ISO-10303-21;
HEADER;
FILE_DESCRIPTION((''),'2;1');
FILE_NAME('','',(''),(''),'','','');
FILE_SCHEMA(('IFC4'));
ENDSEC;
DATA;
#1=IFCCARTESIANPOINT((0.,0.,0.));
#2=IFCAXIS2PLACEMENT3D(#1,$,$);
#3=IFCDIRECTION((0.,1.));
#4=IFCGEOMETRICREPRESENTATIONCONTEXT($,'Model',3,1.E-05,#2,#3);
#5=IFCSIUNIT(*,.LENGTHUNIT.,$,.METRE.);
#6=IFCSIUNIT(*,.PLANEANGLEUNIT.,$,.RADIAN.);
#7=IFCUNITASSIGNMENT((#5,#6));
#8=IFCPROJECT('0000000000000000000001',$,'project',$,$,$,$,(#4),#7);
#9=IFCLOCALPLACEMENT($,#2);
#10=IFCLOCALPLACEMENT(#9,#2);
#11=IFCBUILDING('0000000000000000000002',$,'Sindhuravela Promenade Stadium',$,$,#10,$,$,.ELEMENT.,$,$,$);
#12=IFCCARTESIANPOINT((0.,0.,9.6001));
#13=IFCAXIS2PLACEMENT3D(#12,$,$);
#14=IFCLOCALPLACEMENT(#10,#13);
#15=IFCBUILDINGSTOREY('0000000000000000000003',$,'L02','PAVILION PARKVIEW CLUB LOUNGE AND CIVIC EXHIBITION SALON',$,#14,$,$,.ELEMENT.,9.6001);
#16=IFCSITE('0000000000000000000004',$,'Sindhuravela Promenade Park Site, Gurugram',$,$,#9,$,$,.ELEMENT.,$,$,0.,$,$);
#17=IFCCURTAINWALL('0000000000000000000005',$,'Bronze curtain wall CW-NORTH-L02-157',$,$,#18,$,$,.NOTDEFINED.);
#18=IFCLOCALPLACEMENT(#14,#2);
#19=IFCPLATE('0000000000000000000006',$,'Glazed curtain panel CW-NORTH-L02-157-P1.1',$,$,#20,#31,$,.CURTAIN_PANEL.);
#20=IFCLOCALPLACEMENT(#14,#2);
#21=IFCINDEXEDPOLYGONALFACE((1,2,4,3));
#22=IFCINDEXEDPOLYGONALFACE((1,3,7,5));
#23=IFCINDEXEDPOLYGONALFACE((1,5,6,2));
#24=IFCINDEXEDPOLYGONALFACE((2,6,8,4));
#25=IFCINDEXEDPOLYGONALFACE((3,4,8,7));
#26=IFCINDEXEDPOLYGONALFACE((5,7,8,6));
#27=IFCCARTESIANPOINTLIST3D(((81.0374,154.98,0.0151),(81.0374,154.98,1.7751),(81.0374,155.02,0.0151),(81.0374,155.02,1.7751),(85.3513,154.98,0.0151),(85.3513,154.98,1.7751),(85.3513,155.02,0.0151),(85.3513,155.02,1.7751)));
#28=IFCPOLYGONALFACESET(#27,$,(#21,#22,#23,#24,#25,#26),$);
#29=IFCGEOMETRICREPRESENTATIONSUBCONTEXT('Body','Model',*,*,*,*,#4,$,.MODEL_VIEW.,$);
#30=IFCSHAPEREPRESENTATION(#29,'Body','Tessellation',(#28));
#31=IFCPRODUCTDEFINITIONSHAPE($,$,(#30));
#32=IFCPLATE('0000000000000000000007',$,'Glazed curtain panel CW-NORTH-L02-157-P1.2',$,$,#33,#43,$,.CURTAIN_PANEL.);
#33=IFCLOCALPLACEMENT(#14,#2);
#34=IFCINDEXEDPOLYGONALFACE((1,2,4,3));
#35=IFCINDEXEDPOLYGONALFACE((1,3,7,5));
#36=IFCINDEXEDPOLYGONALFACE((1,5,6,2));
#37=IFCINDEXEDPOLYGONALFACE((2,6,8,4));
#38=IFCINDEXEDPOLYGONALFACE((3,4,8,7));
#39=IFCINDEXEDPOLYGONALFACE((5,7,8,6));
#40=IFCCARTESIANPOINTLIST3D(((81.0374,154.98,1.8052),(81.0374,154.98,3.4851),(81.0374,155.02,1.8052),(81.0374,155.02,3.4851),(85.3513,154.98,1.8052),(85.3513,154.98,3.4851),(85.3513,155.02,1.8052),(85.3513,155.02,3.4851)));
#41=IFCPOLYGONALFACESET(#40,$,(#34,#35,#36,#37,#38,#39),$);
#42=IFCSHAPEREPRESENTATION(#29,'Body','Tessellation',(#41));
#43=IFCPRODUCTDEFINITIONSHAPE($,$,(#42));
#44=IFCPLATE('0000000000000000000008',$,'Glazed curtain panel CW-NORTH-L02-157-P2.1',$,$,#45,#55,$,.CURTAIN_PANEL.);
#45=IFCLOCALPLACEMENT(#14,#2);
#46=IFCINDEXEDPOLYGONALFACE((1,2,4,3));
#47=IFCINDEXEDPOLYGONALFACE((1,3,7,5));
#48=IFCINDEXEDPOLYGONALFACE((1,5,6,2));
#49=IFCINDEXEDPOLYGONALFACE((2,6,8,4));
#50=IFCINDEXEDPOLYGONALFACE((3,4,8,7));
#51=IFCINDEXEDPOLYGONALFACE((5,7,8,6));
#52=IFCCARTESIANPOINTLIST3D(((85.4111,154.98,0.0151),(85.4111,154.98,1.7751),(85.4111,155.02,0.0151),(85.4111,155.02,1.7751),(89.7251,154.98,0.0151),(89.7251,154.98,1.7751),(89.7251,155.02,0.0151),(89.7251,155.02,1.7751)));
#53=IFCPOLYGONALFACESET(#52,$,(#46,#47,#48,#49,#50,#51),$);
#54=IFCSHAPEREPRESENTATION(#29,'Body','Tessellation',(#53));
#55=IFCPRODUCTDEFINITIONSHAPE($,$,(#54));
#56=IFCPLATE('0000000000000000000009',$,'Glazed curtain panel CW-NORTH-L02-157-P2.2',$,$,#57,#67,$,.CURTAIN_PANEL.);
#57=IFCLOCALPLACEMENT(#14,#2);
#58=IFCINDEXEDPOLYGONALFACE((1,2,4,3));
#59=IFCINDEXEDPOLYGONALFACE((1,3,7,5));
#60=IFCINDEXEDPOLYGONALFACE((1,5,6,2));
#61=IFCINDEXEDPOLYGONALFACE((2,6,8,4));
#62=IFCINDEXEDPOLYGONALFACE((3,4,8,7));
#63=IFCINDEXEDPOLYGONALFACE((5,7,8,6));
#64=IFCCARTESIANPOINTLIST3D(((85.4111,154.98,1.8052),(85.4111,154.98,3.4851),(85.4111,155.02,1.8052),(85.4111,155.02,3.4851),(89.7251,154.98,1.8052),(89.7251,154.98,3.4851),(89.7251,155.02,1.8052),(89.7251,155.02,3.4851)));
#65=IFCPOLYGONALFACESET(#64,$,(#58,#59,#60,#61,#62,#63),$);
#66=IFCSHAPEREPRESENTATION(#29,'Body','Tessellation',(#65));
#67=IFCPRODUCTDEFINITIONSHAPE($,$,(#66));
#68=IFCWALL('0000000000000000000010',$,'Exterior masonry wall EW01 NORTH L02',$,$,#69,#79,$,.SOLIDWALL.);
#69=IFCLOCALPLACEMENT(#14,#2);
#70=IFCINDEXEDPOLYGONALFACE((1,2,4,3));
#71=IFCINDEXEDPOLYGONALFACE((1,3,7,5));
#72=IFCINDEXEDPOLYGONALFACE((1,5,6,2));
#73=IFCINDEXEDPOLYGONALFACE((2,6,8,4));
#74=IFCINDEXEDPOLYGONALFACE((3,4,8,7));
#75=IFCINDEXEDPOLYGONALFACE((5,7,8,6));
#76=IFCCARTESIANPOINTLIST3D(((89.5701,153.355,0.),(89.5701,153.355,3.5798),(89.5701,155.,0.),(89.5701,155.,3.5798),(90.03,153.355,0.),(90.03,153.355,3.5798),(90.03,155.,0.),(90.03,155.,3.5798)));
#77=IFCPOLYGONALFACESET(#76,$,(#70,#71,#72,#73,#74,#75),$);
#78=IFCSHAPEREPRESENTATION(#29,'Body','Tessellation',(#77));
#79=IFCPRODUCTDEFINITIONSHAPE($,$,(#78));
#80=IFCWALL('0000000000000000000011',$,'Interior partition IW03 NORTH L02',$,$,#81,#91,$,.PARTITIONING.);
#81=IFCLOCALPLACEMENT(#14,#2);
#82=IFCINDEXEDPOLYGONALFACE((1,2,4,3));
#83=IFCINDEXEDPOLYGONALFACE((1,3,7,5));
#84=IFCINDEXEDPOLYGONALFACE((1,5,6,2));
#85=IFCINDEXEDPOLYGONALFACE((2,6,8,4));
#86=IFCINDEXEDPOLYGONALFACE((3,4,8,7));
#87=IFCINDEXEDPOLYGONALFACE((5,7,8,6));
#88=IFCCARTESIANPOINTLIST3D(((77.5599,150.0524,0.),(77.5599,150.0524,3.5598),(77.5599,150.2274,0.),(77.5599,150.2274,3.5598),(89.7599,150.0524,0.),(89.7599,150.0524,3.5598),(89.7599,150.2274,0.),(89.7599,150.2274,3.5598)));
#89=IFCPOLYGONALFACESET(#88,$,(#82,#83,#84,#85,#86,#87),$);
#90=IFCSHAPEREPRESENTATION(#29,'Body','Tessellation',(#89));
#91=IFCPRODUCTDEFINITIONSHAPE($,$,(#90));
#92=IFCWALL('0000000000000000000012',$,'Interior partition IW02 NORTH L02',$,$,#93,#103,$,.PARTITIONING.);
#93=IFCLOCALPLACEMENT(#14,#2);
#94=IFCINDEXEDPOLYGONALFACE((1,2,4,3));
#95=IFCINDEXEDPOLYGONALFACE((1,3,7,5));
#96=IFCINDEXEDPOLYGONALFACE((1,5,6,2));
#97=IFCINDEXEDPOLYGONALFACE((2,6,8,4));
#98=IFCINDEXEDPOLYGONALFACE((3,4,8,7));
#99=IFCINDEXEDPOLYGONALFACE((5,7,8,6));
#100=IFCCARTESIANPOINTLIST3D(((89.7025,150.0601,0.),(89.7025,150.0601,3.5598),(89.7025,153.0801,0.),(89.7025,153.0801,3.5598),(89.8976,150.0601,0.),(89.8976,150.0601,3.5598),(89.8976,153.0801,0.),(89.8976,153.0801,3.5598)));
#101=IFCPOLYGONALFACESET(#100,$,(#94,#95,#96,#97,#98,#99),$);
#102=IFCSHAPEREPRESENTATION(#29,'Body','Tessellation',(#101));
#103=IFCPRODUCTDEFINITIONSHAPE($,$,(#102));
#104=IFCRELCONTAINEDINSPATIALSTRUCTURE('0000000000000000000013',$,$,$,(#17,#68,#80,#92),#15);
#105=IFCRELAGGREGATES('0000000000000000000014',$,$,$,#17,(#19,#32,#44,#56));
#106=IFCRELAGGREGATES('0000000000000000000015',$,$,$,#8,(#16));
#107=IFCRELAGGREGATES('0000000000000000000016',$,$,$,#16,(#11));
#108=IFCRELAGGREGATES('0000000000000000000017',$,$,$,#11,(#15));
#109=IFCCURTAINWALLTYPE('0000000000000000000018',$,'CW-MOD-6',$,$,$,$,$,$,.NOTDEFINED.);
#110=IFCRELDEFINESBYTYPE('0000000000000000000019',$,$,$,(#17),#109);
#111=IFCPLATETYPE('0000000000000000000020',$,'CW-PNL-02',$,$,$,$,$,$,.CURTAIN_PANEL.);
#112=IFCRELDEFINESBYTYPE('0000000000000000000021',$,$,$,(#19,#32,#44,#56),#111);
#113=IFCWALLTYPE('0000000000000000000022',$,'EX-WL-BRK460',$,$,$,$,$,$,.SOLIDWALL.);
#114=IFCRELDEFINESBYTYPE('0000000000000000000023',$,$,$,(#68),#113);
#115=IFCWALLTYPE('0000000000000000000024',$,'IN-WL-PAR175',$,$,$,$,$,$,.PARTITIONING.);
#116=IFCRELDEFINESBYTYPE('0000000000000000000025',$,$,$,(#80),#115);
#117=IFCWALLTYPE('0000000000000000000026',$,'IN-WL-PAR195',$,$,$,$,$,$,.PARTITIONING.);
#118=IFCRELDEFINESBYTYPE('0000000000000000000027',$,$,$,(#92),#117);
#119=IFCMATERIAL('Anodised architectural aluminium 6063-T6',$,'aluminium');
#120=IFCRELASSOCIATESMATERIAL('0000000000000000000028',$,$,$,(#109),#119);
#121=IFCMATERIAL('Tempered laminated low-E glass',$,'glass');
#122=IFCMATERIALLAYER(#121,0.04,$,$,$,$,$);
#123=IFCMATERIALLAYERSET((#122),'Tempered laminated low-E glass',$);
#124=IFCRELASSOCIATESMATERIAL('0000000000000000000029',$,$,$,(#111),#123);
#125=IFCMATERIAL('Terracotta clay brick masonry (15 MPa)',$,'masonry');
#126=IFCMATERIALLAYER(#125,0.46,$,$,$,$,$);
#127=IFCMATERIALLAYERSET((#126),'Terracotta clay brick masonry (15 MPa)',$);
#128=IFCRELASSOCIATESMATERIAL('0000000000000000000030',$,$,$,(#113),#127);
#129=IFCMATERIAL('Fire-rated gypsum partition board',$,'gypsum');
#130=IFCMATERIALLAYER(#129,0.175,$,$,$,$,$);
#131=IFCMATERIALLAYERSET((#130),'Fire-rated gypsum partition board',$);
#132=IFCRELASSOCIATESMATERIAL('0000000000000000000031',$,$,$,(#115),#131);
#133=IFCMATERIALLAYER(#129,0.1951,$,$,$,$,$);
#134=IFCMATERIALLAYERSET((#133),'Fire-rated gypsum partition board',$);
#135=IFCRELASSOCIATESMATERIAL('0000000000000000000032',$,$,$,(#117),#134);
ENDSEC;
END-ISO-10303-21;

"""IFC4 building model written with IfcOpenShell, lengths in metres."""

from ifc_helpers import new_model, si_unit, direction, frame, frame_2d, origin, origin_2d, place, context, subcontext, project, spatial, rectangle, extrude, material, layer, layer_set, type_object, element, aggregate, save


model = new_model("IFC4")

# Units and contexts
model_context = context("Model", 3, precision=1e-05, world=origin(), true_north=direction((0.0, 1.0)))
body_context = subcontext(model_context, "Body", "Model", "MODEL_VIEW")
ifc_project = project(units=[si_unit("LENGTHUNIT", "METRE"), si_unit("PLANEANGLEUNIT", "RADIAN")], contexts=[model_context])

# Site, building, storey
site_placement = place(None, origin())
site = spatial("IfcSite", under=ifc_project, at=site_placement, Name="Sindhuravela Promenade Park Site, Gurugram", CompositionType="ELEMENT", RefElevation=0.0)
building_placement = place(site_placement, origin())
building = spatial("IfcBuilding", under=site, at=building_placement, Name="Sindhuravela Promenade Stadium", CompositionType="ELEMENT")
storey_placement = place(building_placement, frame((0.0, 0.0, 9.6001)))
storey = spatial("IfcBuildingStorey", under=building, at=storey_placement, Name="L02", Description="PAVILION PARKVIEW CLUB LOUNGE AND CIVIC EXHIBITION SALON", CompositionType="ELEMENT", Elevation=9.6001)

# Curtain wall
ifc_material_1 = material(Name="Anodised architectural aluminium 6063-T6", Category="aluminium")
curtain_wall_type_1 = type_object("IfcCurtainWallType", Name="CW-MOD-6", PredefinedType="NOTDEFINED", material=ifc_material_1)
curtain_wall_1_placement = place(storey_placement, origin())
curtain_wall_1 = element("IfcCurtainWall", 1, at=curtain_wall_1_placement, inside=storey, type_object=curtain_wall_type_1, Name="Bronze curtain wall CW-NORTH-L02-157", PredefinedType="NOTDEFINED")

# Plates
ifc_material_2 = material(Name="Tempered laminated low-E glass", Category="glass")
ifc_layer_1 = layer(ifc_material_2, 0.04)
ifc_layer_set_1 = layer_set([ifc_layer_1], Name="Tempered laminated low-E glass")
plate_type_1 = type_object("IfcPlateType", Name="CW-PNL-02", PredefinedType="CURTAIN_PANEL", material=ifc_layer_set_1)
plate_1_placement = place(storey_placement, frame((83.1943, 155.0, 0.0151), z_axis=(0.0, 0.0, 1.0), x_axis=(1.0, 0.0, 0.0)))
plate_1 = element("IfcPlate", 2, at=plate_1_placement, type_object=plate_type_1, Name="Glazed curtain panel CW-NORTH-L02-157-P1.1", PredefinedType="CURTAIN_PANEL", context=body_context, shape_type="SweptSolid", body=[
    extrude(rectangle(XDim=4.314, YDim=0.04, at=origin_2d()), origin(), (0.0, 0.0, 1.0), 1.76),
])
plate_2_placement = place(storey_placement, frame((83.1943, 155.0, 1.8052), z_axis=(0.0, 0.0, 1.0), x_axis=(1.0, 0.0, 0.0)))
plate_2 = element("IfcPlate", 3, at=plate_2_placement, type_object=plate_type_1, Name="Glazed curtain panel CW-NORTH-L02-157-P1.2", PredefinedType="CURTAIN_PANEL", context=body_context, shape_type="SweptSolid", body=[
    extrude(rectangle(XDim=4.314, YDim=0.04, at=origin_2d()), origin(), (0.0, 0.0, 1.0), 1.6799),
])
plate_3_placement = place(storey_placement, frame((87.5681, 155.0, 0.0151), z_axis=(0.0, 0.0, 1.0), x_axis=(1.0, 0.0, 0.0)))
plate_3 = element("IfcPlate", 4, at=plate_3_placement, type_object=plate_type_1, Name="Glazed curtain panel CW-NORTH-L02-157-P2.1", PredefinedType="CURTAIN_PANEL", context=body_context, shape_type="SweptSolid", body=[
    extrude(rectangle(XDim=4.314, YDim=0.04, at=origin_2d()), origin(), (0.0, 0.0, 1.0), 1.76),
])
plate_4_placement = place(storey_placement, frame((87.5681, 155.0, 1.8052), z_axis=(0.0, 0.0, 1.0), x_axis=(1.0, 0.0, 0.0)))
plate_4 = element("IfcPlate", 5, at=plate_4_placement, type_object=plate_type_1, Name="Glazed curtain panel CW-NORTH-L02-157-P2.2", PredefinedType="CURTAIN_PANEL", context=body_context, shape_type="SweptSolid", body=[
    extrude(rectangle(XDim=4.314, YDim=0.04, at=origin_2d()), origin(), (0.0, 0.0, 1.0), 1.6799),
])
aggregate(curtain_wall_1, [plate_1, plate_2, plate_3, plate_4])

# Walls
ifc_material_3 = material(Name="Terracotta clay brick masonry (15 MPa)", Category="masonry")
ifc_layer_2 = layer(ifc_material_3, 0.46)
ifc_layer_set_2 = layer_set([ifc_layer_2], Name="Terracotta clay brick masonry (15 MPa)")
wall_type_1 = type_object("IfcWallType", Name="EX-WL-BRK460", PredefinedType="SOLIDWALL", material=ifc_layer_set_2)
wall_1_placement = place(storey_placement, frame((89.8, 155.0, 0.0), z_axis=(0.0, 0.0, 1.0), x_axis=(0.0, -1.0, 0.0)))
element("IfcWall", 6, at=wall_1_placement, inside=storey, type_object=wall_type_1, Name="Exterior masonry wall EW01 NORTH L02", PredefinedType="SOLIDWALL", context=body_context, shape_type="SweptSolid", body=[
    extrude(rectangle(XDim=1.645, YDim=0.46, at=frame_2d((0.8225, 0.0))), origin(), (0.0, 0.0, 1.0), 3.5798),
])
ifc_material_4 = material(Name="Fire-rated gypsum partition board", Category="gypsum")
ifc_layer_3 = layer(ifc_material_4, 0.175)
ifc_layer_set_3 = layer_set([ifc_layer_3], Name="Fire-rated gypsum partition board")
wall_type_2 = type_object("IfcWallType", Name="IN-WL-PAR175", PredefinedType="PARTITIONING", material=ifc_layer_set_3)
wall_2_placement = place(storey_placement, frame((89.76, 150.1399, 0.0), z_axis=(0.0, 0.0, 1.0), x_axis=(-1.0, 0.0, 0.0)))
element("IfcWall", 7, at=wall_2_placement, inside=storey, type_object=wall_type_2, Name="Interior partition IW03 NORTH L02", PredefinedType="PARTITIONING", context=body_context, shape_type="SweptSolid", body=[
    extrude(rectangle(XDim=12.2, YDim=0.175, at=frame_2d((6.1001, 0.0))), origin(), (0.0, 0.0, 1.0), 3.5598),
])
ifc_layer_4 = layer(ifc_material_4, 0.1951)
ifc_layer_set_4 = layer_set([ifc_layer_4], Name="Fire-rated gypsum partition board")
wall_type_3 = type_object("IfcWallType", Name="IN-WL-PAR195", PredefinedType="PARTITIONING", material=ifc_layer_set_4)
wall_3_placement = place(storey_placement, frame((89.8, 153.0801, 0.0), z_axis=(0.0, 0.0, 1.0), x_axis=(0.0, -1.0, 0.0)))
element("IfcWall", 8, at=wall_3_placement, inside=storey, type_object=wall_type_3, Name="Interior partition IW02 NORTH L02", PredefinedType="PARTITIONING", context=body_context, shape_type="SweptSolid", body=[
    extrude(rectangle(XDim=3.02, YDim=0.1951, at=frame_2d((1.51, 0.0))), origin(), (0.0, 0.0, 1.0), 3.5598),
])

save(model, "model.ifc")
